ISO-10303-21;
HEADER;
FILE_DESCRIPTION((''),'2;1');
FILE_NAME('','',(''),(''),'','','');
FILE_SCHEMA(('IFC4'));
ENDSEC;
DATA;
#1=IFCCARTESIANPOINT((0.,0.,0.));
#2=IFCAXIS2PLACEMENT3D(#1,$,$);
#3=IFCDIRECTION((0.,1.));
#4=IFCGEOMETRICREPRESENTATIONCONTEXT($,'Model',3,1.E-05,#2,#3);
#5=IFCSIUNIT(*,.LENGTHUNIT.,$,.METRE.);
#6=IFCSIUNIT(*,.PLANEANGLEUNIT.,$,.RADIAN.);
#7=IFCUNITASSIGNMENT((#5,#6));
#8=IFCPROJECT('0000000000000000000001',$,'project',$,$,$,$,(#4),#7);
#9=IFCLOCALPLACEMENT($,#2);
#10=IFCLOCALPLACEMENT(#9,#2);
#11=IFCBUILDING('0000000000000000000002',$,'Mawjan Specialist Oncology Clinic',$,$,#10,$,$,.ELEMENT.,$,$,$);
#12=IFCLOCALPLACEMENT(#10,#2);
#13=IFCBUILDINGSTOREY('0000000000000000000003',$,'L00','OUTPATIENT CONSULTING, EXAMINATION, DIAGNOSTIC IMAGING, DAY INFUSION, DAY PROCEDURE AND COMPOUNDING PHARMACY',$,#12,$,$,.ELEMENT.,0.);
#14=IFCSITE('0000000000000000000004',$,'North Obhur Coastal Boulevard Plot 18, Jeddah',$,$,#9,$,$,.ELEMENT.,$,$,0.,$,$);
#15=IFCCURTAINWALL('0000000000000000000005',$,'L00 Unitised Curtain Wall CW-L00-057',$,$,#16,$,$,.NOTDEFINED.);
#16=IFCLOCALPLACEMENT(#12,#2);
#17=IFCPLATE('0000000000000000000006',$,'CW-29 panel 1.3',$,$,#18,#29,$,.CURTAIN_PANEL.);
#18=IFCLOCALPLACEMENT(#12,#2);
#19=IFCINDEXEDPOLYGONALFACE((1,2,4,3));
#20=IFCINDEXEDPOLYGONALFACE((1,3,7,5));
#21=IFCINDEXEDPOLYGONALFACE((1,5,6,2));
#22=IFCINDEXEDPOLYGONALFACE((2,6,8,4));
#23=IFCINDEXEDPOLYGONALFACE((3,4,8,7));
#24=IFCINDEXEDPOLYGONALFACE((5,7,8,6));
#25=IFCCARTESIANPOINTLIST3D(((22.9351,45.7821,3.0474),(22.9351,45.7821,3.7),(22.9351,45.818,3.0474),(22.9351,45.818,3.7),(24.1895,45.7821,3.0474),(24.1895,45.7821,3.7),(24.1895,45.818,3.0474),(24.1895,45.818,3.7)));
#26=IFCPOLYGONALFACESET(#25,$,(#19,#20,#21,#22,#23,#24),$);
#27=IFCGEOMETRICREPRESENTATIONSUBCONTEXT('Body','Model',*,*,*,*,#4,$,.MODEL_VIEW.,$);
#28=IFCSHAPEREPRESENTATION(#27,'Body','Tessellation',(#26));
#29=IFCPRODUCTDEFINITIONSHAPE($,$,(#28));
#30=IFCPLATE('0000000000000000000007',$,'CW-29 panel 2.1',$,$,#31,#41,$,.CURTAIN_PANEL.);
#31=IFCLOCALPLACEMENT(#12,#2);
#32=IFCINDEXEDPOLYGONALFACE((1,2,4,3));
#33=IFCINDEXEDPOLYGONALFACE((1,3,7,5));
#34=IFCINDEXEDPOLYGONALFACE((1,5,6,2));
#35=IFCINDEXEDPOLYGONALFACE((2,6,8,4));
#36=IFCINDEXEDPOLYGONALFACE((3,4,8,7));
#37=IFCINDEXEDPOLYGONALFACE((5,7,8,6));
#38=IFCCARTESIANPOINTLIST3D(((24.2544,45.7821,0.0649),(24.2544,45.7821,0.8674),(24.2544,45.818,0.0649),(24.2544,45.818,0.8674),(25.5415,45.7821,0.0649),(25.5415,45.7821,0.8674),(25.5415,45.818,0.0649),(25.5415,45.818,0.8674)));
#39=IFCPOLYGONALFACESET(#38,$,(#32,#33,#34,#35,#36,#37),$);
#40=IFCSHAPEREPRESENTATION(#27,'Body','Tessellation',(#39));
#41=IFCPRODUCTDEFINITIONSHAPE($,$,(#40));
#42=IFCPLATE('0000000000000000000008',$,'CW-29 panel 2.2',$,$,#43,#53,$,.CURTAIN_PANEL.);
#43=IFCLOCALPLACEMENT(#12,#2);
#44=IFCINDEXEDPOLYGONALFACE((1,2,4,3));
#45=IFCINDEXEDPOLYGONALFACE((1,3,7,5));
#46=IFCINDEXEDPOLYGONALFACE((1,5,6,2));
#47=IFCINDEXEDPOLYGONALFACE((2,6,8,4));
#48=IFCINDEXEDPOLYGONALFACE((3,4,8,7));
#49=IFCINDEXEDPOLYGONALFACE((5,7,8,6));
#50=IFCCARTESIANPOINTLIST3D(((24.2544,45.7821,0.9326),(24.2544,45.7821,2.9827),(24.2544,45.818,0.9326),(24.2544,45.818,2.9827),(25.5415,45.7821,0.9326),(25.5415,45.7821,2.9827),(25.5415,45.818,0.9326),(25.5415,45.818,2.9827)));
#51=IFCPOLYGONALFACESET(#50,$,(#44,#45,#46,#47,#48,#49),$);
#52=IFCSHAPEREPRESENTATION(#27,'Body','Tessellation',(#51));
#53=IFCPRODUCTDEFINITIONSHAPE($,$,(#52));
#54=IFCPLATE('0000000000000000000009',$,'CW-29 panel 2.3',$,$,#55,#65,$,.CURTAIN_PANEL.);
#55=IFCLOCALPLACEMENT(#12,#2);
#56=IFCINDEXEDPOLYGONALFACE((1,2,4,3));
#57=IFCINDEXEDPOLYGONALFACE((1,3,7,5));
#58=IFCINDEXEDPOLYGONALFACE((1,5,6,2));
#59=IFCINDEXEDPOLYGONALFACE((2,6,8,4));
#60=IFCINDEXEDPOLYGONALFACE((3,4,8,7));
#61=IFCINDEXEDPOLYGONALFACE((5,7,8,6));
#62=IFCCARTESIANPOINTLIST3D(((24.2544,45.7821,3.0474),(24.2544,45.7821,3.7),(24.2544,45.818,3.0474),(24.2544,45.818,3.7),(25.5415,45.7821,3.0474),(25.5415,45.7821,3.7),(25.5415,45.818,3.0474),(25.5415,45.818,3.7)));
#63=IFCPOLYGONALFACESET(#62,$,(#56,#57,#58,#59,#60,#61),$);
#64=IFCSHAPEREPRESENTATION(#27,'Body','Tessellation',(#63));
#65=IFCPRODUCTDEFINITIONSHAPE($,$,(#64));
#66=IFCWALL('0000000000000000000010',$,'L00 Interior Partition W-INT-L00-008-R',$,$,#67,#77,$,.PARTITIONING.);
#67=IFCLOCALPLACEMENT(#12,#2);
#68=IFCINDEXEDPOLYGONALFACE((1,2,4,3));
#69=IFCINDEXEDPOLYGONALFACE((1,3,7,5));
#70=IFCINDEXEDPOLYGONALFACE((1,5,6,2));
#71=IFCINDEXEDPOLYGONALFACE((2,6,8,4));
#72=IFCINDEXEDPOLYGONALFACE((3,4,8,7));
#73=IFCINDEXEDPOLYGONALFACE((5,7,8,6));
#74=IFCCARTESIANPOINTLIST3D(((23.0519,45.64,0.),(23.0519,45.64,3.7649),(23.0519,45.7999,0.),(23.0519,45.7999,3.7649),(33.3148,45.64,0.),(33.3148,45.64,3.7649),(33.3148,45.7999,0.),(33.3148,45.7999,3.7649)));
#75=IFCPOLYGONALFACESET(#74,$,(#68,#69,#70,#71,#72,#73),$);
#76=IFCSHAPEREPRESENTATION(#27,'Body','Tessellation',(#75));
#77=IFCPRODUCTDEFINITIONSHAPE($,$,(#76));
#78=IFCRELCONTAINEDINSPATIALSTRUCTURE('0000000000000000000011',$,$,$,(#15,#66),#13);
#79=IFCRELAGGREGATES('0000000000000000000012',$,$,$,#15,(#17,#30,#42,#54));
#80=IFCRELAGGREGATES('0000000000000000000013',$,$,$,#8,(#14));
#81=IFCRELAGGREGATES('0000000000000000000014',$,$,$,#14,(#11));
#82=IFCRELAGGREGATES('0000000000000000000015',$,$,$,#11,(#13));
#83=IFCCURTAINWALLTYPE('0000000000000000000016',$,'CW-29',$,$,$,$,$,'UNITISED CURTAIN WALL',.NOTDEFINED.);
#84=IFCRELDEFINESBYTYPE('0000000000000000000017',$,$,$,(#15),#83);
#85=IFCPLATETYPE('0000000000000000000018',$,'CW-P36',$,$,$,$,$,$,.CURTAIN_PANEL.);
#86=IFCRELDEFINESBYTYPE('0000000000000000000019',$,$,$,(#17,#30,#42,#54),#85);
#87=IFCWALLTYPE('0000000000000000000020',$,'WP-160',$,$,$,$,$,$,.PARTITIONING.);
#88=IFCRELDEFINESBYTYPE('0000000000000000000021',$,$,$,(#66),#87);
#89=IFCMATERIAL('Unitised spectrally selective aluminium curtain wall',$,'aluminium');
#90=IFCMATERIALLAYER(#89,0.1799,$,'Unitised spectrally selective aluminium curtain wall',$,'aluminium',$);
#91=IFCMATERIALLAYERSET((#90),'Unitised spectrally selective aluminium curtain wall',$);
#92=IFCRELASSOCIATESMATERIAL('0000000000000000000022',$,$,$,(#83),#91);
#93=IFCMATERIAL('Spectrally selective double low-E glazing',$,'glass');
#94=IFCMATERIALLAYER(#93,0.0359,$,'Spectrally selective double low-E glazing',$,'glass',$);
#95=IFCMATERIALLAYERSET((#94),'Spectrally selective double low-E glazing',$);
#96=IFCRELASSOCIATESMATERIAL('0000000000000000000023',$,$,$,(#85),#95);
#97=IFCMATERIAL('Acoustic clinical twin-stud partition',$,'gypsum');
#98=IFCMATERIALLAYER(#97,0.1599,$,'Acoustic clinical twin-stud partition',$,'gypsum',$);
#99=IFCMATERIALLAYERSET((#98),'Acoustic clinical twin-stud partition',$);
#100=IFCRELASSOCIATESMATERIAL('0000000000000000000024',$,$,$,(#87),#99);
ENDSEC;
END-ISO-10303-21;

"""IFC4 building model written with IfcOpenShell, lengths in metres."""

from ifc_helpers import new_model, si_unit, direction, frame, frame_2d, origin, origin_2d, place, context, subcontext, project, spatial, rectangle, extrude, material, layer, layer_set, type_object, element, aggregate, save


model = new_model("IFC4")

# Units and contexts
model_context = context("Model", 3, precision=1e-05, world=origin(), true_north=direction((0.0, 1.0)))
body_context = subcontext(model_context, "Body", "Model", "MODEL_VIEW")
ifc_project = project(units=[si_unit("LENGTHUNIT", "METRE"), si_unit("PLANEANGLEUNIT", "RADIAN")], contexts=[model_context])

# Site, building, storey
site_placement = place(None, origin())
site = spatial("IfcSite", under=ifc_project, at=site_placement, Name="North Obhur Coastal Boulevard Plot 18, Jeddah", CompositionType="ELEMENT", RefElevation=0.0)
building_placement = place(site_placement, origin())
building = spatial("IfcBuilding", under=site, at=building_placement, Name="Mawjan Specialist Oncology Clinic", CompositionType="ELEMENT")
storey_placement = place(building_placement, origin())
storey = spatial("IfcBuildingStorey", under=building, at=storey_placement, Name="L00", Description="OUTPATIENT CONSULTING, EXAMINATION, DIAGNOSTIC IMAGING, DAY INFUSION, DAY PROCEDURE AND COMPOUNDING PHARMACY", CompositionType="ELEMENT", Elevation=0.0)

# Shared definitions
ifc_material_1 = material(Name="Unitised spectrally selective aluminium curtain wall", Category="aluminium")
ifc_layer_1 = layer(ifc_material_1, 0.1799, Name="Unitised spectrally selective aluminium curtain wall", Category="aluminium")
ifc_layer_set_1 = layer_set([ifc_layer_1], Name="Unitised spectrally selective aluminium curtain wall")
curtain_wall_type = type_object("IfcCurtainWallType", Name="CW-29", ElementType="UNITISED CURTAIN WALL", PredefinedType="NOTDEFINED", material=ifc_layer_set_1)

# Curtain wall, plates
curtain_wall_1_placement = place(storey_placement, origin())
curtain_wall_1 = element("IfcCurtainWall", 1, at=curtain_wall_1_placement, inside=storey, type_object=curtain_wall_type, Name="L00 Unitised Curtain Wall CW-L00-057", PredefinedType="NOTDEFINED")
ifc_material_2 = material(Name="Spectrally selective double low-E glazing", Category="glass")
ifc_layer_2 = layer(ifc_material_2, 0.0359, Name="Spectrally selective double low-E glazing", Category="glass")
ifc_layer_set_2 = layer_set([ifc_layer_2], Name="Spectrally selective double low-E glazing")
plate_type = type_object("IfcPlateType", Name="CW-P36", PredefinedType="CURTAIN_PANEL", material=ifc_layer_set_2)
plate_1_placement = place(storey_placement, frame((23.5623, 45.8, 3.0474), z_axis=(0.0, 0.0, 1.0), x_axis=(1.0, 0.0, 0.0)))
plate_1 = element("IfcPlate", 2, at=plate_1_placement, type_object=plate_type, Name="CW-29 panel 1.3", PredefinedType="CURTAIN_PANEL", context=body_context, shape_type="SweptSolid", body=[
    extrude(rectangle(XDim=1.2544, YDim=0.0359, at=origin_2d()), origin(), (0.0, 0.0, 1.0), 0.6526),
])
plate_2_placement = place(storey_placement, frame((24.8979, 45.8, 0.0649), z_axis=(0.0, 0.0, 1.0), x_axis=(1.0, 0.0, 0.0)))
plate_2 = element("IfcPlate", 3, at=plate_2_placement, type_object=plate_type, Name="CW-29 panel 2.1", PredefinedType="CURTAIN_PANEL", context=body_context, shape_type="SweptSolid", body=[
    extrude(rectangle(XDim=1.2871, YDim=0.0359, at=origin_2d()), origin(), (0.0, 0.0, 1.0), 0.8025),
])
plate_3_placement = place(storey_placement, frame((24.8979, 45.8, 0.9326), z_axis=(0.0, 0.0, 1.0), x_axis=(1.0, 0.0, 0.0)))
plate_3 = element("IfcPlate", 4, at=plate_3_placement, type_object=plate_type, Name="CW-29 panel 2.2", PredefinedType="CURTAIN_PANEL", context=body_context, shape_type="SweptSolid", body=[
    extrude(rectangle(XDim=1.2871, YDim=0.0359, at=origin_2d()), origin(), (0.0, 0.0, 1.0), 2.05),
])
plate_4_placement = place(storey_placement, frame((24.8979, 45.8, 3.0474), z_axis=(0.0, 0.0, 1.0), x_axis=(1.0, 0.0, 0.0)))
plate_4 = element("IfcPlate", 5, at=plate_4_placement, type_object=plate_type, Name="CW-29 panel 2.3", PredefinedType="CURTAIN_PANEL", context=body_context, shape_type="SweptSolid", body=[
    extrude(rectangle(XDim=1.2871, YDim=0.0359, at=origin_2d()), origin(), (0.0, 0.0, 1.0), 0.6526),
])
aggregate(curtain_wall_1, [plate_1, plate_2, plate_3, plate_4])

# Wall
ifc_material_3 = material(Name="Acoustic clinical twin-stud partition", Category="gypsum")
ifc_layer_3 = layer(ifc_material_3, 0.1599, Name="Acoustic clinical twin-stud partition", Category="gypsum")
ifc_layer_set_3 = layer_set([ifc_layer_3], Name="Acoustic clinical twin-stud partition")
wall_type = type_object("IfcWallType", Name="WP-160", PredefinedType="PARTITIONING", material=ifc_layer_set_3)
wall_placement = place(storey_placement, frame((23.052, 45.72, 0.0), z_axis=(0.0, 0.0, 1.0), x_axis=(1.0, 0.0, 0.0)))
element("IfcWall", 6, at=wall_placement, inside=storey, type_object=wall_type, Name="L00 Interior Partition W-INT-L00-008-R", PredefinedType="PARTITIONING", context=body_context, shape_type="SweptSolid", body=[
    extrude(rectangle(XDim=10.2629, YDim=0.1599, at=frame_2d((5.1313, 0.0))), origin(), (0.0, 0.0, 1.0), 3.7649),
])

save(model, "model.ifc")
